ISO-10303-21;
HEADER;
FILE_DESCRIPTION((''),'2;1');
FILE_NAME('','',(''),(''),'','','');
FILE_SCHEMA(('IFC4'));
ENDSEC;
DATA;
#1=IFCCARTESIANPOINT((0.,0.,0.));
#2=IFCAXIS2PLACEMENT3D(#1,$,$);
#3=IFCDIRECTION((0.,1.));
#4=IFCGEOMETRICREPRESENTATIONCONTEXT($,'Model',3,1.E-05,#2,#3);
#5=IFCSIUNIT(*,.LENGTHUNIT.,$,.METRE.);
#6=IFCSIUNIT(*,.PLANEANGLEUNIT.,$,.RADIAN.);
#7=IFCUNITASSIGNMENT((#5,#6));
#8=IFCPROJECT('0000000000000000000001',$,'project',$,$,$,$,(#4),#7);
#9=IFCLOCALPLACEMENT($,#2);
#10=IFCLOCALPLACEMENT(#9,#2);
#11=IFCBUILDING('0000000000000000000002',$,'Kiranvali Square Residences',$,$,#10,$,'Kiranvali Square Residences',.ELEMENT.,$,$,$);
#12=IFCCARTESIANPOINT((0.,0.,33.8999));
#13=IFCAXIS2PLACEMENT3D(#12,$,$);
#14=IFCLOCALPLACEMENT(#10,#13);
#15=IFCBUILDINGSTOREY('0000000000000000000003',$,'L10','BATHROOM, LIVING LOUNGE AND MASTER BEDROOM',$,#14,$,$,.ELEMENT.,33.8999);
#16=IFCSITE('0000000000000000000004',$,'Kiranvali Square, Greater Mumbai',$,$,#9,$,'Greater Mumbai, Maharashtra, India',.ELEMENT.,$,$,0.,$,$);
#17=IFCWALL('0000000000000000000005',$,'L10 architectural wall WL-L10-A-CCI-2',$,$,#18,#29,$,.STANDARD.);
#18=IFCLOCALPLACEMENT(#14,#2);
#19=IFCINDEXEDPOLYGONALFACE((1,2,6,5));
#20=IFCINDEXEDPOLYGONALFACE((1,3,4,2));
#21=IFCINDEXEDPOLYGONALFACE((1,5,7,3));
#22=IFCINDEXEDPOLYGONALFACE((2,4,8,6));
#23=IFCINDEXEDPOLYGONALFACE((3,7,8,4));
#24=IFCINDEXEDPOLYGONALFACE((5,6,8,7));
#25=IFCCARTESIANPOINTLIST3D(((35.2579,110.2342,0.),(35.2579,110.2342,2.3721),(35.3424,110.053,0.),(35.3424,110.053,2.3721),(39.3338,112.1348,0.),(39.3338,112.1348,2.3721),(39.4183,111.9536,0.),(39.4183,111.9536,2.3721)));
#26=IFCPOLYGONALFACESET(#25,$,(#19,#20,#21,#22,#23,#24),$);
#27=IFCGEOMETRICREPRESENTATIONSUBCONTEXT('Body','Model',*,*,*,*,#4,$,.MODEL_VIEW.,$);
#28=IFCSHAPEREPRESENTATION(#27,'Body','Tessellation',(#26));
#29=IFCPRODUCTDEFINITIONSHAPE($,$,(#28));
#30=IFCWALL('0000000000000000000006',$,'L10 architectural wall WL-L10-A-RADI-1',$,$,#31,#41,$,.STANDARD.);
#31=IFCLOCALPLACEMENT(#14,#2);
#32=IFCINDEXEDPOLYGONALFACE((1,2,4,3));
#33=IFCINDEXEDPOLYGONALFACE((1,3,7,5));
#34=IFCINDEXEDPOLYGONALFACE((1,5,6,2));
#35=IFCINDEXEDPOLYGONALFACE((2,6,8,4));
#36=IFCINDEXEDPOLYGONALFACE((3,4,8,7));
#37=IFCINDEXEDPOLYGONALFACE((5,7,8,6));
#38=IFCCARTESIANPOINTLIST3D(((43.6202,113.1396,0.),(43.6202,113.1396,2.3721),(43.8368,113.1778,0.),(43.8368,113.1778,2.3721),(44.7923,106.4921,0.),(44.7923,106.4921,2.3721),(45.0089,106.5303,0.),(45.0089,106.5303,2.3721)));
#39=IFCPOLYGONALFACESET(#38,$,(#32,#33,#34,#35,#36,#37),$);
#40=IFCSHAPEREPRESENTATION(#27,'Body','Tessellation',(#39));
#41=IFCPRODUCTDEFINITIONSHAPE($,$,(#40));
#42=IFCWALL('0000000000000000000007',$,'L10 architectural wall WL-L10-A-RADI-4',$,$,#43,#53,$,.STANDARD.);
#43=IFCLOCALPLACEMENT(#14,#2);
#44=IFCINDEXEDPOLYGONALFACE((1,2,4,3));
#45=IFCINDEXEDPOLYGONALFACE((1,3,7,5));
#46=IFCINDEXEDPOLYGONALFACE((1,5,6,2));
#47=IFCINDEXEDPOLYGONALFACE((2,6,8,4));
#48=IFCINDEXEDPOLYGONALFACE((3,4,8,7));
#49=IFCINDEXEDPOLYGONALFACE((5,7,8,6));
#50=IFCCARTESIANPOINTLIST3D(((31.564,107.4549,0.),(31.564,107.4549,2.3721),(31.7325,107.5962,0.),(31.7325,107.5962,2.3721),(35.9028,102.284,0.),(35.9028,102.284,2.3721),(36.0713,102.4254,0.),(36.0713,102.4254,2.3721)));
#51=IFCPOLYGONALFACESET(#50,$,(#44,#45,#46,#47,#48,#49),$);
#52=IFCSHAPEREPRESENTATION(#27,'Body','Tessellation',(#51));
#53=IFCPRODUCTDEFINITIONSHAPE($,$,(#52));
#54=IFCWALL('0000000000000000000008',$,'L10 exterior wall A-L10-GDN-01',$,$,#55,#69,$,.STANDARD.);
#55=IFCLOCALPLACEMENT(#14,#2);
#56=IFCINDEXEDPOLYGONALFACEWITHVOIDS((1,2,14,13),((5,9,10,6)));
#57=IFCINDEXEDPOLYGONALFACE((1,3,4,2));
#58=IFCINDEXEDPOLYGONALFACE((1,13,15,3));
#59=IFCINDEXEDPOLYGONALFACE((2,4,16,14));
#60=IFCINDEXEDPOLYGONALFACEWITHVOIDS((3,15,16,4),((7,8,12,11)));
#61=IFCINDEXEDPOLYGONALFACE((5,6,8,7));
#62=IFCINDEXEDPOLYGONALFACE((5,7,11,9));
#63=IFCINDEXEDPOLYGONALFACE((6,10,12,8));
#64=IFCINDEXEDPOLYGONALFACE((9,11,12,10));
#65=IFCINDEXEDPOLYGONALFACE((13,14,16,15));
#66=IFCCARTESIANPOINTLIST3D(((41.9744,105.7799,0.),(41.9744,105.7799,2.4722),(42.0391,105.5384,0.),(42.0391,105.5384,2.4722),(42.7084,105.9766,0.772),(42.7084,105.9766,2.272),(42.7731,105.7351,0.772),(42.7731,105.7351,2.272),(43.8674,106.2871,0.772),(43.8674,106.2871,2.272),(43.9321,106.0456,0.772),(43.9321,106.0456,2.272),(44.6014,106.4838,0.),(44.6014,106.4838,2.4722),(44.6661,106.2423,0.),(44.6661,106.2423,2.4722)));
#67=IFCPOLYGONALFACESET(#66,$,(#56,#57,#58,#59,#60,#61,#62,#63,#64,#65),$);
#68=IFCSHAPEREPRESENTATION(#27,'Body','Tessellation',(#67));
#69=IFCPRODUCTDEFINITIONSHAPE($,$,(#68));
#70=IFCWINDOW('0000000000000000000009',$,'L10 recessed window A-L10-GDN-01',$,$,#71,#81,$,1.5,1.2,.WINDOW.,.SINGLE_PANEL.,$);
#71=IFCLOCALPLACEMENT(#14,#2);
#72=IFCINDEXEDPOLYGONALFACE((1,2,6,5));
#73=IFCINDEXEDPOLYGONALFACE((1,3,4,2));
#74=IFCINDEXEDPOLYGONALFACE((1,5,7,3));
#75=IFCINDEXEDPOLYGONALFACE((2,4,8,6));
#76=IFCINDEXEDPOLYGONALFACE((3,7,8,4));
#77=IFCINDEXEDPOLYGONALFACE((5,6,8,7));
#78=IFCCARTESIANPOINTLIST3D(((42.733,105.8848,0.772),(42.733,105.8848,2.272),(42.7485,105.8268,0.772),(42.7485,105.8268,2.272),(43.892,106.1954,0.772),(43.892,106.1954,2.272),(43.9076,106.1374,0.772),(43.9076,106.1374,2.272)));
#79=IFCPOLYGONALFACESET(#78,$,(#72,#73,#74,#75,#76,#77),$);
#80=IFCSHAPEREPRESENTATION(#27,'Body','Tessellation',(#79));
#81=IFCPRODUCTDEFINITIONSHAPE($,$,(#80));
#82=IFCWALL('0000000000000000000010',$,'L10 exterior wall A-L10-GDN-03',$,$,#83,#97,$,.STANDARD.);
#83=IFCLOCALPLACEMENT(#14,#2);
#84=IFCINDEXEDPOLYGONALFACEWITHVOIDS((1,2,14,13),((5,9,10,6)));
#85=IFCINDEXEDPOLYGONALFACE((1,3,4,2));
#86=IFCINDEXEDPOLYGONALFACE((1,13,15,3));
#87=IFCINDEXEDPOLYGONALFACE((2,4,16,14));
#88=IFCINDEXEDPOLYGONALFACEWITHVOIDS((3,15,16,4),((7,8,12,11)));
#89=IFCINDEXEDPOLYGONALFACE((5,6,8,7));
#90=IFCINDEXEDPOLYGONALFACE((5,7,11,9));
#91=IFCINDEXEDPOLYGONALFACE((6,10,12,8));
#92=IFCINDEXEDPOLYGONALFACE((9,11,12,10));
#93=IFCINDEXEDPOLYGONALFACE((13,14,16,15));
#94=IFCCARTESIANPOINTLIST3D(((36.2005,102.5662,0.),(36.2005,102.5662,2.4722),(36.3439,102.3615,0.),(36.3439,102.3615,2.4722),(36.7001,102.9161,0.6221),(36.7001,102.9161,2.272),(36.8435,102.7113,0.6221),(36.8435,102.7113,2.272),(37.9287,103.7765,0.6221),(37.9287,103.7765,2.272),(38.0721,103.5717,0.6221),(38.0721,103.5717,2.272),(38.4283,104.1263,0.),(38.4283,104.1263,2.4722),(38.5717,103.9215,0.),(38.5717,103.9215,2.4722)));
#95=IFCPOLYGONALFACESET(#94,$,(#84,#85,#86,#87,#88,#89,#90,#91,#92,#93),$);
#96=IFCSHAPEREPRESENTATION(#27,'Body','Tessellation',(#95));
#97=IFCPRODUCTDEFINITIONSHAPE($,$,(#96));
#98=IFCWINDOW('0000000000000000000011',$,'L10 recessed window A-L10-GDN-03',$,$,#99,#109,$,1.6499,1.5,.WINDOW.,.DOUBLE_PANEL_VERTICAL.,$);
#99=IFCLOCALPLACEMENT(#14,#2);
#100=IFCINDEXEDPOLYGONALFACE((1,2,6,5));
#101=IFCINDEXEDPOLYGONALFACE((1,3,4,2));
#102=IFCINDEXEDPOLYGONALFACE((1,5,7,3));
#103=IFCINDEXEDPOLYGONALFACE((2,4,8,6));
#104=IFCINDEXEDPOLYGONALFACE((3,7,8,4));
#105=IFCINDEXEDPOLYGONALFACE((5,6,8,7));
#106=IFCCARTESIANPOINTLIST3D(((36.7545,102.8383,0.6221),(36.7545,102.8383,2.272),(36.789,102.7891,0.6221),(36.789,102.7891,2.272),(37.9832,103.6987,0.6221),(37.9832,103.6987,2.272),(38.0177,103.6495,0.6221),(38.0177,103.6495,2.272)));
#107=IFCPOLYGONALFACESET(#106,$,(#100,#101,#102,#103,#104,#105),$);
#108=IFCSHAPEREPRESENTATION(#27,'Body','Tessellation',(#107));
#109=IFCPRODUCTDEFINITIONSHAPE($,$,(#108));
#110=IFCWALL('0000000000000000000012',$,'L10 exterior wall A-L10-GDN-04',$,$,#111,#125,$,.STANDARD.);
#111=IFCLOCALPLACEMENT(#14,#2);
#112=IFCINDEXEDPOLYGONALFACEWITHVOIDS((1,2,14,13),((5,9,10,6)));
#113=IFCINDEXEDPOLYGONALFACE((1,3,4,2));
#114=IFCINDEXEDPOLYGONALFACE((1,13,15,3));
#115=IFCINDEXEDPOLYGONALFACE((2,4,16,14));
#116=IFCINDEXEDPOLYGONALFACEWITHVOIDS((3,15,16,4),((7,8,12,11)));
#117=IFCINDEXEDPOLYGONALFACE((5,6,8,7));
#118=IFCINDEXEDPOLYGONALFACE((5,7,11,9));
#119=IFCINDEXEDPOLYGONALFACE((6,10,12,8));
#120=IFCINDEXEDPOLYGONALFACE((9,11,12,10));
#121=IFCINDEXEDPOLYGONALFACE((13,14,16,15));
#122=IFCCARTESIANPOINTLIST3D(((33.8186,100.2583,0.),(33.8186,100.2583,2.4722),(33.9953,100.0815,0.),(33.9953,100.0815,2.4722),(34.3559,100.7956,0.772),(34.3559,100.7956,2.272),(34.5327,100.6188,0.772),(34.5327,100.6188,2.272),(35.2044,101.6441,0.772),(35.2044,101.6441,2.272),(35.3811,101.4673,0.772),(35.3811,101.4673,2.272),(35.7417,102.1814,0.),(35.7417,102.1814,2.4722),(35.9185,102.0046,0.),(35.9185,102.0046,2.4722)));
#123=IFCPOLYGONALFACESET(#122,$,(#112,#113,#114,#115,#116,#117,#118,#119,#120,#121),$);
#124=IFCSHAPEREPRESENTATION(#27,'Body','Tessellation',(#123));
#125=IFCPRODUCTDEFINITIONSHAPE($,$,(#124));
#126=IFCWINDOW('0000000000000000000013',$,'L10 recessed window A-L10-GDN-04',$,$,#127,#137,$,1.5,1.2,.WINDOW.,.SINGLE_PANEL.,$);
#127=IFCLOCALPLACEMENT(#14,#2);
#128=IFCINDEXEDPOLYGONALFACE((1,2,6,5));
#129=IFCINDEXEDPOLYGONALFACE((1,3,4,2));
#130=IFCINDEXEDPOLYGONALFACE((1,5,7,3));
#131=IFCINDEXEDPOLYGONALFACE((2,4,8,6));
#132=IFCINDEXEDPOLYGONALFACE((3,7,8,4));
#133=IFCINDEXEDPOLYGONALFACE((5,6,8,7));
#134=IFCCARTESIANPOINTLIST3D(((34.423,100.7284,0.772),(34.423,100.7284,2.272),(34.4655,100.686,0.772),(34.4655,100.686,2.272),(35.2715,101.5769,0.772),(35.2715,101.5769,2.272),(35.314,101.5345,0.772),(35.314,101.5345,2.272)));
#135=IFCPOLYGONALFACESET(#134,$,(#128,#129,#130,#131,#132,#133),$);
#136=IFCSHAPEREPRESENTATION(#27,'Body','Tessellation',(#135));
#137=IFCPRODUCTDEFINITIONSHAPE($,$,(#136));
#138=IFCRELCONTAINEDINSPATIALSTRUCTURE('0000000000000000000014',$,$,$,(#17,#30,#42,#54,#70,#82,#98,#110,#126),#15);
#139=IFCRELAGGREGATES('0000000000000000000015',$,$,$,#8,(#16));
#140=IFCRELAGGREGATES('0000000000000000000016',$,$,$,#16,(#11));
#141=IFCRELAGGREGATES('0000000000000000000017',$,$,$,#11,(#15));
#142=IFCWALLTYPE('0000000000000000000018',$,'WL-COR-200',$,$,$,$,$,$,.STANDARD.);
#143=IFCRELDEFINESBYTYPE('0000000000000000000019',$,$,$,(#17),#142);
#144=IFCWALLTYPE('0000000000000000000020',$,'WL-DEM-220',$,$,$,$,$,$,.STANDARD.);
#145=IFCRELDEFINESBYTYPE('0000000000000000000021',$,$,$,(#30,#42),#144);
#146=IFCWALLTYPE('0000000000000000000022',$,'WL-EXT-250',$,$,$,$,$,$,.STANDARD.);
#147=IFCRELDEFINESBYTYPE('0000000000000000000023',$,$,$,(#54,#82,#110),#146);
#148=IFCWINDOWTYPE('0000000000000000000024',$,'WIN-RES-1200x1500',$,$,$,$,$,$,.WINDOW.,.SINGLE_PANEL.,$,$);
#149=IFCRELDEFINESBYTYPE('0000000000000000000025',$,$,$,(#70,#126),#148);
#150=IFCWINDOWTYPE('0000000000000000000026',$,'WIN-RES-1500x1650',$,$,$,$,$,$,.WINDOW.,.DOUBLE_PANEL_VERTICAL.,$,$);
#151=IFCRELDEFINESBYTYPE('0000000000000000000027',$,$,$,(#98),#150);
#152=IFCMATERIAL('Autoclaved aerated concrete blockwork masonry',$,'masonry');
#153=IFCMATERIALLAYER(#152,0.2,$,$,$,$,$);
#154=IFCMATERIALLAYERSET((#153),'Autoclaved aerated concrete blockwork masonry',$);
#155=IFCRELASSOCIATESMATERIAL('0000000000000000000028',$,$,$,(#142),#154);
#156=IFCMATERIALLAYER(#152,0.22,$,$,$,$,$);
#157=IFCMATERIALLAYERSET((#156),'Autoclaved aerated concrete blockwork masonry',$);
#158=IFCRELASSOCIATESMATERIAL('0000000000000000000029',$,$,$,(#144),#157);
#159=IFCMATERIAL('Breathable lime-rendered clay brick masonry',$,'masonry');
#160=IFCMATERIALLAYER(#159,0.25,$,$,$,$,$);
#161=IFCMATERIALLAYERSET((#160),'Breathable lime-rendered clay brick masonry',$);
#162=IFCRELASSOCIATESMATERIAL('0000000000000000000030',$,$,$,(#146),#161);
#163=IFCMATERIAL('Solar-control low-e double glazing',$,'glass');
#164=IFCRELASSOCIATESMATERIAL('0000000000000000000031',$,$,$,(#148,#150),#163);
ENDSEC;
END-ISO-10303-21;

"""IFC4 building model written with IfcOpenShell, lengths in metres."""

from ifc_helpers import new_model, si_unit, direction, frame, frame_2d, origin, place, context, subcontext, project, spatial, rectangle, extrude, material, layer, layer_set, type_object, element, fill, save


model = new_model("IFC4")

# Units and contexts
model_context = context("Model", 3, precision=1e-05, world=origin(), true_north=direction((0.0, 1.0)))
body_context = subcontext(model_context, "Body", "Model", "MODEL_VIEW")
ifc_project = project(units=[si_unit("LENGTHUNIT", "METRE"), si_unit("PLANEANGLEUNIT", "RADIAN")], contexts=[model_context])

# Site, building, storey
site_placement = place(None, origin())
site = spatial("IfcSite", under=ifc_project, at=site_placement, Name="Kiranvali Square, Greater Mumbai", LongName="Greater Mumbai, Maharashtra, India", CompositionType="ELEMENT", RefElevation=0.0)
building_placement = place(site_placement, origin())
building = spatial("IfcBuilding", under=site, at=building_placement, Name="Kiranvali Square Residences", LongName="Kiranvali Square Residences", CompositionType="ELEMENT")
storey_placement = place(building_placement, frame((0.0, 0.0, 33.8999)))
storey = spatial("IfcBuildingStorey", under=building, at=storey_placement, Name="L10", Description="BATHROOM, LIVING LOUNGE AND MASTER BEDROOM", CompositionType="ELEMENT", Elevation=33.8999)

# Walls
ifc_material_1 = material(Name="Autoclaved aerated concrete blockwork masonry", Category="masonry")
ifc_layer_1 = layer(ifc_material_1, 0.2)
ifc_layer_set_1 = layer_set([ifc_layer_1], Name="Autoclaved aerated concrete blockwork masonry")
wall_type_1 = type_object("IfcWallType", Name="WL-COR-200", PredefinedType="STANDARD", material=ifc_layer_set_1)
wall_1_placement = place(storey_placement, frame((39.376, 112.0442, 0.0), z_axis=(0.0, 0.0, 1.0), x_axis=(-0.906308, -0.422618, 0.0)))
element("IfcWall", 1, at=wall_1_placement, inside=storey, type_object=wall_type_1, Name="L10 architectural wall WL-L10-A-CCI-2", PredefinedType="STANDARD", context=body_context, shape_type="SweptSolid", body=[
    extrude(rectangle(XDim=4.4973, YDim=0.2, at=frame_2d((2.2485, 0.0))), origin(), (0.0, 0.0, 1.0), 2.3721),
])
ifc_layer_2 = layer(ifc_material_1, 0.22)
ifc_layer_set_2 = layer_set([ifc_layer_2], Name="Autoclaved aerated concrete blockwork masonry")
wall_type_2 = type_object("IfcWallType", Name="WL-DEM-220", PredefinedType="STANDARD", material=ifc_layer_set_2)
for number, where, z_axis, x_axis, name in (
    (2, (44.9006, 106.5112, 0.0), (0.0, 0.0, 1.0), (-0.173647, 0.984808, 0.0), "L10 architectural wall WL-L10-A-RADI-1"),
    (3, (35.9871, 102.3547, 0.0), (0.0, 0.0, 1.0), (-0.642785, 0.766047, 0.0), "L10 architectural wall WL-L10-A-RADI-4"),
):
    element("IfcWall", number, at=place(storey_placement, frame(where, z_axis=z_axis, x_axis=x_axis)), inside=storey, type_object=wall_type_2, Name=name, PredefinedType="STANDARD", context=body_context, shape_type="SweptSolid", body=[
        extrude(rectangle(XDim=6.75, YDim=0.22, at=frame_2d((3.375, 0.0))), origin(), (0.0, 0.0, 1.0), 2.3721),
    ])

# Wall, opening, window
ifc_material_2 = material(Name="Breathable lime-rendered clay brick masonry", Category="masonry")
ifc_layer_3 = layer(ifc_material_2, 0.25)
ifc_layer_set_3 = layer_set([ifc_layer_3], Name="Breathable lime-rendered clay brick masonry")
wall_type_3 = type_object("IfcWallType", Name="WL-EXT-250", PredefinedType="STANDARD", material=ifc_layer_set_3)
wall_2_placement = place(storey_placement, frame((44.6338, 106.363, 0.0), z_axis=(0.0, 0.0, 1.0), x_axis=(-0.965929, -0.258808, 0.0)))
wall_2 = element("IfcWall", 4, at=wall_2_placement, inside=storey, type_object=wall_type_3, Name="L10 exterior wall A-L10-GDN-01", PredefinedType="STANDARD", context=body_context, shape_type="SweptSolid", body=[
    extrude(rectangle(XDim=2.7197, YDim=0.25, at=frame_2d((1.3599, 0.0))), origin(), (0.0, 0.0, 1.0), 2.4722),
])
opening_1_placement = place(wall_2_placement, frame((0.7598, 0.0, 0.772)))
opening_1 = element("IfcOpeningElement", 5, at=opening_1_placement, cuts=wall_2, PredefinedType="OPENING", context=body_context, shape_type="SweptSolid", body=[
    extrude(rectangle(XDim=1.2, YDim=1.5, at=frame_2d((0.6001, 0.75))), frame((0.0, 0.135, 0.0), z_axis=(0.0, -1.0, 0.0), x_axis=(1.0, 0.0, 0.0)), (0.0, 0.0, 1.0), 0.27),
])
ifc_material_3 = material(Name="Solar-control low-e double glazing", Category="glass")
window_type_1 = type_object("IfcWindowType", Name="WIN-RES-1200x1500", PartitioningType="SINGLE_PANEL", PredefinedType="WINDOW", material=ifc_material_3)
window_1_placement = place(opening_1_placement, origin())
window_1 = element("IfcWindow", 6, at=window_1_placement, inside=storey, type_object=window_type_1, Name="L10 recessed window A-L10-GDN-01", OverallHeight=1.5, OverallWidth=1.2, PartitioningType="SINGLE_PANEL", PredefinedType="WINDOW", context=body_context, shape_type="SweptSolid", body=[
    extrude(rectangle(XDim=1.2, YDim=1.5, at=frame_2d((0.6001, 0.75))), frame((0.0, 0.03, 0.0), z_axis=(0.0, -1.0, 0.0), x_axis=(1.0, 0.0, 0.0)), (0.0, 0.0, 1.0), 0.0601),
])
fill(opening_1, window_1)

# Walls, openings, windows
wall_3_placement = place(storey_placement, frame((38.5, 104.0239, 0.0), z_axis=(0.0, 0.0, 1.0), x_axis=(-0.819126, -0.573613, 0.0)))
wall_3 = element("IfcWall", 7, at=wall_3_placement, inside=storey, type_object=wall_type_3, Name="L10 exterior wall A-L10-GDN-03", PredefinedType="STANDARD", context=body_context, shape_type="SweptSolid", body=[
    extrude(rectangle(XDim=2.7197, YDim=0.25, at=frame_2d((1.3599, 0.0))), origin(), (0.0, 0.0, 1.0), 2.4722),
])
opening_2_placement = place(wall_3_placement, frame((0.6099, 0.0, 0.6221)))
opening_2 = element("IfcOpeningElement", 8, at=opening_2_placement, cuts=wall_3, PredefinedType="OPENING", context=body_context, shape_type="SweptSolid", body=[
    extrude(rectangle(XDim=1.5, YDim=1.6499, at=frame_2d((0.75, 0.825))), frame((0.0, 0.135, 0.0), z_axis=(0.0, -1.0, 0.0), x_axis=(1.0, 0.0, 0.0)), (0.0, 0.0, 1.0), 0.27),
])
window_type_2 = type_object("IfcWindowType", Name="WIN-RES-1500x1650", PartitioningType="DOUBLE_PANEL_VERTICAL", PredefinedType="WINDOW", material=ifc_material_3)
window_2_placement = place(opening_2_placement, origin())
window_2 = element("IfcWindow", 9, at=window_2_placement, inside=storey, type_object=window_type_2, Name="L10 recessed window A-L10-GDN-03", OverallHeight=1.6499, OverallWidth=1.5, PartitioningType="DOUBLE_PANEL_VERTICAL", PredefinedType="WINDOW", context=body_context, shape_type="SweptSolid", body=[
    extrude(rectangle(XDim=1.5, YDim=1.6499, at=frame_2d((0.75, 0.825))), frame((0.0, 0.03, 0.0), z_axis=(0.0, -1.0, 0.0), x_axis=(1.0, 0.0, 0.0)), (0.0, 0.0, 1.0), 0.0601),
])
fill(opening_2, window_2)
wall_4_placement = place(storey_placement, frame((35.8301, 102.093, 0.0), z_axis=(0.0, 0.0, 1.0), x_axis=(-0.707107, -0.707107, 0.0)))
wall_4 = element("IfcWall", 10, at=wall_4_placement, inside=storey, type_object=wall_type_3, Name="L10 exterior wall A-L10-GDN-04", PredefinedType="STANDARD", context=body_context, shape_type="SweptSolid", body=[
    extrude(rectangle(XDim=2.7197, YDim=0.25, at=frame_2d((1.3599, 0.0))), origin(), (0.0, 0.0, 1.0), 2.4722),
])
opening_3_placement = place(wall_4_placement, frame((0.7598, 0.0, 0.772)))
opening_3 = element("IfcOpeningElement", 11, at=opening_3_placement, cuts=wall_4, PredefinedType="OPENING", context=body_context, shape_type="SweptSolid", body=[
    extrude(rectangle(XDim=1.2, YDim=1.5, at=frame_2d((0.6001, 0.75))), frame((0.0, 0.135, 0.0), z_axis=(0.0, -1.0, 0.0), x_axis=(1.0, 0.0, 0.0)), (0.0, 0.0, 1.0), 0.27),
])
window_3_placement = place(opening_3_placement, origin())
window_3 = element("IfcWindow", 12, at=window_3_placement, inside=storey, type_object=window_type_1, Name="L10 recessed window A-L10-GDN-04", OverallHeight=1.5, OverallWidth=1.2, PartitioningType="SINGLE_PANEL", PredefinedType="WINDOW", context=body_context, shape_type="SweptSolid", body=[
    extrude(rectangle(XDim=1.2, YDim=1.5, at=frame_2d((0.6001, 0.75))), frame((0.0, 0.03, 0.0), z_axis=(0.0, -1.0, 0.0), x_axis=(1.0, 0.0, 0.0)), (0.0, 0.0, 1.0), 0.0601),
])
fill(opening_3, window_3)

save(model, "model.ifc")
